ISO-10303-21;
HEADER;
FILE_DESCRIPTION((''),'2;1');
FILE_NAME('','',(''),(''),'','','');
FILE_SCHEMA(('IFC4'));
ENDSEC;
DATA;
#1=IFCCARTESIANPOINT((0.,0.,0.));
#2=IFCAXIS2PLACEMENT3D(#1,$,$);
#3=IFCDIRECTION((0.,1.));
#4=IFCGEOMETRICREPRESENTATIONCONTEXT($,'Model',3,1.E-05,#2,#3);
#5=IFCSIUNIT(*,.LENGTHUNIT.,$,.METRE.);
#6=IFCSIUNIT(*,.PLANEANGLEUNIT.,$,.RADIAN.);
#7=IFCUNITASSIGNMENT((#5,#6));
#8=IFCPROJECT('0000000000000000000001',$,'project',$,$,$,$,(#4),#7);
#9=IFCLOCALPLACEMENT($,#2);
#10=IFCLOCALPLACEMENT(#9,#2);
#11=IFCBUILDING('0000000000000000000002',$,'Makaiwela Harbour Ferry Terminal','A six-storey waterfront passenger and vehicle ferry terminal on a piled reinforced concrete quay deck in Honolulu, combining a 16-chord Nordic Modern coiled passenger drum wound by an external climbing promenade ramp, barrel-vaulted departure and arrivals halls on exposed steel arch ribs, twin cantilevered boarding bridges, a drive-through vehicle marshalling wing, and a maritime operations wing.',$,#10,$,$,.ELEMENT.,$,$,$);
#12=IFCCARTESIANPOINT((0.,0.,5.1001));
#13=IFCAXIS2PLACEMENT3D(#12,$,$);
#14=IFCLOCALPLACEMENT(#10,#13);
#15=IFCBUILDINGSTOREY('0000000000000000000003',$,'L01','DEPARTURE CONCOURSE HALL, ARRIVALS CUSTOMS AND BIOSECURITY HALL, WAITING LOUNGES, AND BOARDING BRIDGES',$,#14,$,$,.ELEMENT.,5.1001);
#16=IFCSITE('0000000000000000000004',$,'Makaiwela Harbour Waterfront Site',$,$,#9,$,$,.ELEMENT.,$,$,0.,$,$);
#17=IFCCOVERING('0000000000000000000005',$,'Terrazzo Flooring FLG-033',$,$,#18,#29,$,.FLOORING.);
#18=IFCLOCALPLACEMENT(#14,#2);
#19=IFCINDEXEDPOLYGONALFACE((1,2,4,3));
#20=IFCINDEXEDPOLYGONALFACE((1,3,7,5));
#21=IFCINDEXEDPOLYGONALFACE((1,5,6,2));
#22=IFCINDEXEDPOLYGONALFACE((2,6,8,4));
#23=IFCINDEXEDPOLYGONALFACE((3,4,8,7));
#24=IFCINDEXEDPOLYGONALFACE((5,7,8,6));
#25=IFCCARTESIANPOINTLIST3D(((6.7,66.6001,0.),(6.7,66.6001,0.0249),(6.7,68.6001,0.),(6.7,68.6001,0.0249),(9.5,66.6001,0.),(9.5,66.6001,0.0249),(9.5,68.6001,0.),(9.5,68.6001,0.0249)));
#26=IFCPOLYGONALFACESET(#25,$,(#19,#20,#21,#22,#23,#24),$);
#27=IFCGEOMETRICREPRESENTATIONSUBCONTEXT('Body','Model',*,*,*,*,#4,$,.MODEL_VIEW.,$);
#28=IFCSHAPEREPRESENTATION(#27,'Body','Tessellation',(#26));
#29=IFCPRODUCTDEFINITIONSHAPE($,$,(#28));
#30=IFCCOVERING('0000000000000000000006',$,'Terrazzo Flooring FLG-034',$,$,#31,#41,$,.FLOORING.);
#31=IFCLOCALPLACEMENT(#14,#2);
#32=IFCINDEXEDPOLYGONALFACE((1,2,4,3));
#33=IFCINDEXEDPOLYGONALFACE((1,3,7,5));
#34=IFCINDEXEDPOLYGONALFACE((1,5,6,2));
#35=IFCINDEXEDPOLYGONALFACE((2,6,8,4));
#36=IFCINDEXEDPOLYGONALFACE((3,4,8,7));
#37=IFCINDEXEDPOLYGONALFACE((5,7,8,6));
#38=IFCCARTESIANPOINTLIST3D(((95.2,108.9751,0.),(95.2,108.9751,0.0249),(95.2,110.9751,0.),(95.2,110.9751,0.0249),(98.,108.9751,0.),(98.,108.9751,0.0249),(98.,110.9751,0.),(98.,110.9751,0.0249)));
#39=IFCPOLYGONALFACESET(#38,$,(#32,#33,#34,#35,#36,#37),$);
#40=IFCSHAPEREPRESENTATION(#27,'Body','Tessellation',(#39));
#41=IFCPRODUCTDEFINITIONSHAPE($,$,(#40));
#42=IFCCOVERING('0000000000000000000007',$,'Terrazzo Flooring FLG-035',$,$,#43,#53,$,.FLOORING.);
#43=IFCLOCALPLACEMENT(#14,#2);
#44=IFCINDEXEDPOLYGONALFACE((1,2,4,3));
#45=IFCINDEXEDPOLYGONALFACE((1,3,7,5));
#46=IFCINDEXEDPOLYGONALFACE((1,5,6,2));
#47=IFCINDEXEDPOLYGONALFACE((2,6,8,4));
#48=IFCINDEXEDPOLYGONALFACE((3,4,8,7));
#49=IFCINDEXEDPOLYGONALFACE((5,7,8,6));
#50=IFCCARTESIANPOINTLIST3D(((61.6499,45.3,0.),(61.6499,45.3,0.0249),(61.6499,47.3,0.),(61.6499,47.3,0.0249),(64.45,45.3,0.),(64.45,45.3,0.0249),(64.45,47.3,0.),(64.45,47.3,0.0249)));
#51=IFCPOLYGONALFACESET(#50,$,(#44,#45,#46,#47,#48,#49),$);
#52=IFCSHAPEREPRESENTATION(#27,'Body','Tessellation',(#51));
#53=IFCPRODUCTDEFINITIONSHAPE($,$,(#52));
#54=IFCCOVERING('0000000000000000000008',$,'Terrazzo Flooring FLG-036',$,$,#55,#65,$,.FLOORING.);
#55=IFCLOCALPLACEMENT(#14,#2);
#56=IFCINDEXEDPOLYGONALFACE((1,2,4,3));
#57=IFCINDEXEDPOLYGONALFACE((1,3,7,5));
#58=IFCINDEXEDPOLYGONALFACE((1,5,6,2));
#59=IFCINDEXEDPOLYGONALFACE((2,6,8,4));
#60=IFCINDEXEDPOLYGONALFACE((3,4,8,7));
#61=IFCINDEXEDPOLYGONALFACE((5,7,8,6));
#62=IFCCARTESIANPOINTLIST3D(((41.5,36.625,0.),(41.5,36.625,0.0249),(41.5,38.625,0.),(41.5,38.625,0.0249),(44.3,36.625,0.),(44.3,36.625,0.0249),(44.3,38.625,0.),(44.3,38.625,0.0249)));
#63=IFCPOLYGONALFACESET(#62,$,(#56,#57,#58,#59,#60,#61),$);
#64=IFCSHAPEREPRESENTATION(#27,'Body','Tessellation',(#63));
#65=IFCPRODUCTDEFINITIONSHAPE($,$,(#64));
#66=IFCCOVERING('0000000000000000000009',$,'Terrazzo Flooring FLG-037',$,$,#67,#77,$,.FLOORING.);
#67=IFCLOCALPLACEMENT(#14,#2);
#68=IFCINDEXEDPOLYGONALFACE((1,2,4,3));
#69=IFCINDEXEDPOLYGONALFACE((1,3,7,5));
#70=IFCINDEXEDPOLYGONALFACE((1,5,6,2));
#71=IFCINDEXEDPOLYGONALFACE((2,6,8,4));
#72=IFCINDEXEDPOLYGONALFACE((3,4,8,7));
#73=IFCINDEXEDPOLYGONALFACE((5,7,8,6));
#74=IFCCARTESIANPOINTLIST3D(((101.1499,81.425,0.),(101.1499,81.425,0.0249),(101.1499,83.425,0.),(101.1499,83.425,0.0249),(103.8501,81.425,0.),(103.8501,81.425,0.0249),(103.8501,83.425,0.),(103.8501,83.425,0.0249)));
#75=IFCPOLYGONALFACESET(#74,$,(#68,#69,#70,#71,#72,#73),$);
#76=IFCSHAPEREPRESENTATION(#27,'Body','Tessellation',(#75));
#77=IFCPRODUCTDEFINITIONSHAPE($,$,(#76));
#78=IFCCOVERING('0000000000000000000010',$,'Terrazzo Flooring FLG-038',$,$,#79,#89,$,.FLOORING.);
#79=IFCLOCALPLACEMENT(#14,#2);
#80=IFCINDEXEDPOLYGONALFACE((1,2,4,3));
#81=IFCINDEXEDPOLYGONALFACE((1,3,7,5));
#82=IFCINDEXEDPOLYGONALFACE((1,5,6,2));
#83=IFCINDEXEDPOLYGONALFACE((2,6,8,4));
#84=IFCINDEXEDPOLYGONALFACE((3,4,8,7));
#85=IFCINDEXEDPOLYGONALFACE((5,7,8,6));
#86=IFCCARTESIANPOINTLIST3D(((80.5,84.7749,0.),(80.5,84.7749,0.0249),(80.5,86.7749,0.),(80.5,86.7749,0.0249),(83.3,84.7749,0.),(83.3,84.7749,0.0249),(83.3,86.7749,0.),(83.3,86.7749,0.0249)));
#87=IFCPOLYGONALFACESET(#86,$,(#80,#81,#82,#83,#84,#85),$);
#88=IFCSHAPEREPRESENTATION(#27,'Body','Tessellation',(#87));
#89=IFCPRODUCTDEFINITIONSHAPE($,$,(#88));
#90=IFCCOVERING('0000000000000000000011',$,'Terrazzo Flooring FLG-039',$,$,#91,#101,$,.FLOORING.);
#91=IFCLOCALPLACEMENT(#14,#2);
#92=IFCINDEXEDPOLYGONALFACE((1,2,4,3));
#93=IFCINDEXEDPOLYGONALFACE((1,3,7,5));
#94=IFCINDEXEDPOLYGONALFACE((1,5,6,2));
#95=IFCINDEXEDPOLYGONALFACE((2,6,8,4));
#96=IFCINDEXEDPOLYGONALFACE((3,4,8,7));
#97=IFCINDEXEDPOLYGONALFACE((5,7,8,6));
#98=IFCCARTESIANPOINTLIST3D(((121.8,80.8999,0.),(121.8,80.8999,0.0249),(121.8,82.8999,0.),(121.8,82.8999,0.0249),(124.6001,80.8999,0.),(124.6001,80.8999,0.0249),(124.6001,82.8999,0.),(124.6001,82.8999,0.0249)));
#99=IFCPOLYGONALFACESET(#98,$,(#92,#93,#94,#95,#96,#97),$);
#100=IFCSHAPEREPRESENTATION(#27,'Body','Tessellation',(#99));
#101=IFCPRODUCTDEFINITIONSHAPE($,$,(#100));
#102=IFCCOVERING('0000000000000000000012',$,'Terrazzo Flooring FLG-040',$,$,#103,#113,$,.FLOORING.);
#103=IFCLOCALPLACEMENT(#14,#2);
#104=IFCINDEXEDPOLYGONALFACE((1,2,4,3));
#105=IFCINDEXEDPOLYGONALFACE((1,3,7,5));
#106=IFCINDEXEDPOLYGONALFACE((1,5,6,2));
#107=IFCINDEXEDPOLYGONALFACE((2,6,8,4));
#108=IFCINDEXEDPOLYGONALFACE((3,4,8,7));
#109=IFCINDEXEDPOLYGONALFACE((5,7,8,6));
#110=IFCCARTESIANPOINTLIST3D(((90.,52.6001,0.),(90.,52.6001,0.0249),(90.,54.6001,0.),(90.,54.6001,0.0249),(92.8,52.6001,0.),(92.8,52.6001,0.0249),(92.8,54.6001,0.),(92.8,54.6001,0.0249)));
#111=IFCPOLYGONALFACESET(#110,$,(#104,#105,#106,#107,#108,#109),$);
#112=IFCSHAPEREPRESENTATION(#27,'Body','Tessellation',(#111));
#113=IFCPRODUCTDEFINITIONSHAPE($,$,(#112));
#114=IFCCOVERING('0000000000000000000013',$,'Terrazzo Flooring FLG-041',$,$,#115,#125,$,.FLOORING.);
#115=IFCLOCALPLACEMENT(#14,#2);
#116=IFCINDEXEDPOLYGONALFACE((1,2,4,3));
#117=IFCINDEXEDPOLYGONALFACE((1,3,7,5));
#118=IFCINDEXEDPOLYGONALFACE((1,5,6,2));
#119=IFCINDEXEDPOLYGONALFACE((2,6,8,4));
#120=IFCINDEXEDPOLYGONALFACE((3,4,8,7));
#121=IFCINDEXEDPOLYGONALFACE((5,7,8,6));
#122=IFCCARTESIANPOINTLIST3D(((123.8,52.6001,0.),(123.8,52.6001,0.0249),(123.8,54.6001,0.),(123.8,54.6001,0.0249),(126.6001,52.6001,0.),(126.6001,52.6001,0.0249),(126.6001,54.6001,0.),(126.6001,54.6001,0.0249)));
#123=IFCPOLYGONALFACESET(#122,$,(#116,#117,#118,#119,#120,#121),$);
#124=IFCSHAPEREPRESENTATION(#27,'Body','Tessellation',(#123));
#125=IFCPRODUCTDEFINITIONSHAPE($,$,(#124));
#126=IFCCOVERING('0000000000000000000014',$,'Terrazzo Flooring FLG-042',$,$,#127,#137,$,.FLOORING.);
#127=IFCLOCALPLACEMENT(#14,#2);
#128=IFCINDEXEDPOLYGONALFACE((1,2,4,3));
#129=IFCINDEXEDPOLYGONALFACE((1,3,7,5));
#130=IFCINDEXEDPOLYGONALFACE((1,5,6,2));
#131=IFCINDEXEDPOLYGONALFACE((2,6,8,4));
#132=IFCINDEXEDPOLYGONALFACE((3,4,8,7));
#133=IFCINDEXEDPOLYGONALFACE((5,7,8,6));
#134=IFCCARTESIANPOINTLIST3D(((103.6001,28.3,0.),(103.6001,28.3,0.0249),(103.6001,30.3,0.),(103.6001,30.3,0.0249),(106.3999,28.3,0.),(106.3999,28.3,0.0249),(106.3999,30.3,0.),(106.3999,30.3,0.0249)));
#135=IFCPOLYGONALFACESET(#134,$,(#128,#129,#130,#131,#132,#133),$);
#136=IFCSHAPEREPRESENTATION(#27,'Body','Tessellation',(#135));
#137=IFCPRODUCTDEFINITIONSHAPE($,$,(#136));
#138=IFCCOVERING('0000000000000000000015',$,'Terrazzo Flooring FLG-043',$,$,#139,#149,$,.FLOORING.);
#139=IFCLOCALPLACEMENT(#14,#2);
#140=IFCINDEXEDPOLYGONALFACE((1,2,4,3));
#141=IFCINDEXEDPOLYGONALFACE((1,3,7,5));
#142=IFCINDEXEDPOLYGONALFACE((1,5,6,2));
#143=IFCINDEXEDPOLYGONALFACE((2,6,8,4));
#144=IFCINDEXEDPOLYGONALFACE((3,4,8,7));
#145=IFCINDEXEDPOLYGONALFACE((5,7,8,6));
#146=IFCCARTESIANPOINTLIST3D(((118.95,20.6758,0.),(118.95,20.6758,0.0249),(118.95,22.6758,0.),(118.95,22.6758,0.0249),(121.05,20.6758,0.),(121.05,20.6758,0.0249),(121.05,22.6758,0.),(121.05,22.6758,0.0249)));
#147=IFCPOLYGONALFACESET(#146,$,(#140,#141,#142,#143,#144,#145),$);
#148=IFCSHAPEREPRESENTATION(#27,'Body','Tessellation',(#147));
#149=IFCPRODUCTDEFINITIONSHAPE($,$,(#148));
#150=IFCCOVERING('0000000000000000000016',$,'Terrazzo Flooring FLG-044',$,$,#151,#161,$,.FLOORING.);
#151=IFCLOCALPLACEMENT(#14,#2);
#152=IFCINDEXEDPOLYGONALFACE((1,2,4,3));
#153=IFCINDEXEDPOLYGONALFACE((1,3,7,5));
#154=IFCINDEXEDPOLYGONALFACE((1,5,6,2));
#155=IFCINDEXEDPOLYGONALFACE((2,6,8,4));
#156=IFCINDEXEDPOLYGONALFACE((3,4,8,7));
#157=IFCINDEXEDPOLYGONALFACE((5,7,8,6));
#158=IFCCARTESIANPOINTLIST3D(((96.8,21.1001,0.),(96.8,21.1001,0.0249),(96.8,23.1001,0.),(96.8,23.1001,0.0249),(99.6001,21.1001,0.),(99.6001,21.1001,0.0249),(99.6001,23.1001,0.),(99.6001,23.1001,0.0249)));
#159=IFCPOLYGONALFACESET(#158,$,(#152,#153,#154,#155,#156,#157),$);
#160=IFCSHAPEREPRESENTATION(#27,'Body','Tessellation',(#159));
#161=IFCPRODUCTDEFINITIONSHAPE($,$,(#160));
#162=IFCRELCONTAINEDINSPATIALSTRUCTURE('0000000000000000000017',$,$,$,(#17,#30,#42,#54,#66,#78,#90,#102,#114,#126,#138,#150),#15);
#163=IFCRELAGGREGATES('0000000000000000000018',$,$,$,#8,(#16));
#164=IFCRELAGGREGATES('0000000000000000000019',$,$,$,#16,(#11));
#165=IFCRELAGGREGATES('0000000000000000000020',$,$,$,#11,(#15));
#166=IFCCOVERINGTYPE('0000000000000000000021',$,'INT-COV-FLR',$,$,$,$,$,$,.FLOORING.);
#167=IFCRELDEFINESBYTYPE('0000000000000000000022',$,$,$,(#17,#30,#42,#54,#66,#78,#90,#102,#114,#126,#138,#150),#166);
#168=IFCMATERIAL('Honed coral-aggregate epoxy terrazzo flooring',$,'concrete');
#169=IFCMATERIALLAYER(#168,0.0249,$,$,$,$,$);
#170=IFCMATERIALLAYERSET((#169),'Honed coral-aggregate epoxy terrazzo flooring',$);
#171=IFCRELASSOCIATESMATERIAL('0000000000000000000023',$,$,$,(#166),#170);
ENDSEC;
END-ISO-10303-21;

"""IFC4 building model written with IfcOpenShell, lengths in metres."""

from ifc_helpers import new_model, si_unit, direction, frame, origin, place, context, subcontext, project, spatial, polyline, outline, extrude, material, layer, layer_set, type_object, element, save


model = new_model("IFC4")

# Units and contexts
model_context = context("Model", 3, precision=1e-05, world=origin(), true_north=direction((0.0, 1.0)))
body_context = subcontext(model_context, "Body", "Model", "MODEL_VIEW")
ifc_project = project(units=[si_unit("LENGTHUNIT", "METRE"), si_unit("PLANEANGLEUNIT", "RADIAN")], contexts=[model_context])

# Site, building, storey
site_placement = place(None, origin())
site = spatial("IfcSite", under=ifc_project, at=site_placement, Name="Makaiwela Harbour Waterfront Site", CompositionType="ELEMENT", RefElevation=0.0)
building_placement = place(site_placement, origin())
building = spatial("IfcBuilding", under=site, at=building_placement, Name="Makaiwela Harbour Ferry Terminal", Description="A six-storey waterfront passenger and vehicle ferry terminal on a piled reinforced concrete quay deck in Honolulu, combining a 16-chord Nordic Modern coiled passenger drum wound by an external climbing promenade ramp, barrel-vaulted departure and arrivals halls on exposed steel arch ribs, twin cantilevered boarding bridges, a drive-through vehicle marshalling wing, and a maritime operations wing.", CompositionType="ELEMENT")
storey_placement = place(building_placement, frame((0.0, 0.0, 5.1001)))
storey = spatial("IfcBuildingStorey", under=building, at=storey_placement, Name="L01", Description="DEPARTURE CONCOURSE HALL, ARRIVALS CUSTOMS AND BIOSECURITY HALL, WAITING LOUNGES, AND BOARDING BRIDGES", CompositionType="ELEMENT", Elevation=5.1001)

# Coverings
ifc_material_1 = material(Name="Honed coral-aggregate epoxy terrazzo flooring", Category="concrete")
ifc_layer_1 = layer(ifc_material_1, 0.0249)
ifc_layer_set_1 = layer_set([ifc_layer_1], Name="Honed coral-aggregate epoxy terrazzo flooring")
covering_type_1 = type_object("IfcCoveringType", Name="INT-COV-FLR", PredefinedType="FLOORING", material=ifc_layer_set_1)
covering_1_placement = place(storey_placement, origin())
element("IfcCovering", 1, at=covering_1_placement, inside=storey, type_object=covering_type_1, Name="Terrazzo Flooring FLG-033", PredefinedType="FLOORING", context=body_context, shape_type="SweptSolid", body=[
    extrude(outline(polyline([(6.7, 66.6001), (9.5, 66.6001), (9.5, 68.6001), (6.7, 68.6001), (6.7, 66.6001)])), origin(), (0.0, 0.0, 1.0), 0.0249),
])
covering_2_placement = place(storey_placement, origin())
element("IfcCovering", 2, at=covering_2_placement, inside=storey, type_object=covering_type_1, Name="Terrazzo Flooring FLG-034", PredefinedType="FLOORING", context=body_context, shape_type="SweptSolid", body=[
    extrude(outline(polyline([(95.2, 108.9751), (98.0, 108.9751), (98.0, 110.9751), (95.2, 110.9751), (95.2, 108.9751)])), origin(), (0.0, 0.0, 1.0), 0.0249),
])
covering_3_placement = place(storey_placement, origin())
element("IfcCovering", 3, at=covering_3_placement, inside=storey, type_object=covering_type_1, Name="Terrazzo Flooring FLG-035", PredefinedType="FLOORING", context=body_context, shape_type="SweptSolid", body=[
    extrude(outline(polyline([(61.6499, 45.3), (64.45, 45.3), (64.45, 47.3), (61.6499, 47.3), (61.6499, 45.3)])), origin(), (0.0, 0.0, 1.0), 0.0249),
])
covering_4_placement = place(storey_placement, origin())
element("IfcCovering", 4, at=covering_4_placement, inside=storey, type_object=covering_type_1, Name="Terrazzo Flooring FLG-036", PredefinedType="FLOORING", context=body_context, shape_type="SweptSolid", body=[
    extrude(outline(polyline([(41.5, 36.625), (44.3, 36.625), (44.3, 38.625), (41.5, 38.625), (41.5, 36.625)])), origin(), (0.0, 0.0, 1.0), 0.0249),
])
covering_5_placement = place(storey_placement, origin())
element("IfcCovering", 5, at=covering_5_placement, inside=storey, type_object=covering_type_1, Name="Terrazzo Flooring FLG-037", PredefinedType="FLOORING", context=body_context, shape_type="SweptSolid", body=[
    extrude(outline(polyline([(101.1499, 81.425), (103.8501, 81.425), (103.8501, 83.425), (101.1499, 83.425), (101.1499, 81.425)])), origin(), (0.0, 0.0, 1.0), 0.0249),
])
covering_6_placement = place(storey_placement, origin())
element("IfcCovering", 6, at=covering_6_placement, inside=storey, type_object=covering_type_1, Name="Terrazzo Flooring FLG-038", PredefinedType="FLOORING", context=body_context, shape_type="SweptSolid", body=[
    extrude(outline(polyline([(80.5, 84.7749), (83.3, 84.7749), (83.3, 86.7749), (80.5, 86.7749), (80.5, 84.7749)])), origin(), (0.0, 0.0, 1.0), 0.0249),
])
covering_7_placement = place(storey_placement, origin())
element("IfcCovering", 7, at=covering_7_placement, inside=storey, type_object=covering_type_1, Name="Terrazzo Flooring FLG-039", PredefinedType="FLOORING", context=body_context, shape_type="SweptSolid", body=[
    extrude(outline(polyline([(121.8, 80.8999), (124.6001, 80.8999), (124.6001, 82.8999), (121.8, 82.8999), (121.8, 80.8999)])), origin(), (0.0, 0.0, 1.0), 0.0249),
])
covering_8_placement = place(storey_placement, origin())
element("IfcCovering", 8, at=covering_8_placement, inside=storey, type_object=covering_type_1, Name="Terrazzo Flooring FLG-040", PredefinedType="FLOORING", context=body_context, shape_type="SweptSolid", body=[
    extrude(outline(polyline([(90.0, 52.6001), (92.8, 52.6001), (92.8, 54.6001), (90.0, 54.6001), (90.0, 52.6001)])), origin(), (0.0, 0.0, 1.0), 0.0249),
])
covering_9_placement = place(storey_placement, origin())
element("IfcCovering", 9, at=covering_9_placement, inside=storey, type_object=covering_type_1, Name="Terrazzo Flooring FLG-041", PredefinedType="FLOORING", context=body_context, shape_type="SweptSolid", body=[
    extrude(outline(polyline([(123.8, 52.6001), (126.6001, 52.6001), (126.6001, 54.6001), (123.8, 54.6001), (123.8, 52.6001)])), origin(), (0.0, 0.0, 1.0), 0.0249),
])
covering_10_placement = place(storey_placement, origin())
element("IfcCovering", 10, at=covering_10_placement, inside=storey, type_object=covering_type_1, Name="Terrazzo Flooring FLG-042", PredefinedType="FLOORING", context=body_context, shape_type="SweptSolid", body=[
    extrude(outline(polyline([(103.6001, 28.3), (106.3999, 28.3), (106.3999, 30.3), (103.6001, 30.3), (103.6001, 28.3)])), origin(), (0.0, 0.0, 1.0), 0.0249),
])
covering_11_placement = place(storey_placement, origin())
element("IfcCovering", 11, at=covering_11_placement, inside=storey, type_object=covering_type_1, Name="Terrazzo Flooring FLG-043", PredefinedType="FLOORING", context=body_context, shape_type="SweptSolid", body=[
    extrude(outline(polyline([(118.95, 20.6758), (121.05, 20.6758), (121.05, 22.6758), (118.95, 22.6758), (118.95, 20.6758)])), origin(), (0.0, 0.0, 1.0), 0.0249),
])
covering_12_placement = place(storey_placement, origin())
element("IfcCovering", 12, at=covering_12_placement, inside=storey, type_object=covering_type_1, Name="Terrazzo Flooring FLG-044", PredefinedType="FLOORING", context=body_context, shape_type="SweptSolid", body=[
    extrude(outline(polyline([(96.8, 21.1001), (99.6001, 21.1001), (99.6001, 23.1001), (96.8, 23.1001), (96.8, 21.1001)])), origin(), (0.0, 0.0, 1.0), 0.0249),
])

save(model, "model.ifc")
